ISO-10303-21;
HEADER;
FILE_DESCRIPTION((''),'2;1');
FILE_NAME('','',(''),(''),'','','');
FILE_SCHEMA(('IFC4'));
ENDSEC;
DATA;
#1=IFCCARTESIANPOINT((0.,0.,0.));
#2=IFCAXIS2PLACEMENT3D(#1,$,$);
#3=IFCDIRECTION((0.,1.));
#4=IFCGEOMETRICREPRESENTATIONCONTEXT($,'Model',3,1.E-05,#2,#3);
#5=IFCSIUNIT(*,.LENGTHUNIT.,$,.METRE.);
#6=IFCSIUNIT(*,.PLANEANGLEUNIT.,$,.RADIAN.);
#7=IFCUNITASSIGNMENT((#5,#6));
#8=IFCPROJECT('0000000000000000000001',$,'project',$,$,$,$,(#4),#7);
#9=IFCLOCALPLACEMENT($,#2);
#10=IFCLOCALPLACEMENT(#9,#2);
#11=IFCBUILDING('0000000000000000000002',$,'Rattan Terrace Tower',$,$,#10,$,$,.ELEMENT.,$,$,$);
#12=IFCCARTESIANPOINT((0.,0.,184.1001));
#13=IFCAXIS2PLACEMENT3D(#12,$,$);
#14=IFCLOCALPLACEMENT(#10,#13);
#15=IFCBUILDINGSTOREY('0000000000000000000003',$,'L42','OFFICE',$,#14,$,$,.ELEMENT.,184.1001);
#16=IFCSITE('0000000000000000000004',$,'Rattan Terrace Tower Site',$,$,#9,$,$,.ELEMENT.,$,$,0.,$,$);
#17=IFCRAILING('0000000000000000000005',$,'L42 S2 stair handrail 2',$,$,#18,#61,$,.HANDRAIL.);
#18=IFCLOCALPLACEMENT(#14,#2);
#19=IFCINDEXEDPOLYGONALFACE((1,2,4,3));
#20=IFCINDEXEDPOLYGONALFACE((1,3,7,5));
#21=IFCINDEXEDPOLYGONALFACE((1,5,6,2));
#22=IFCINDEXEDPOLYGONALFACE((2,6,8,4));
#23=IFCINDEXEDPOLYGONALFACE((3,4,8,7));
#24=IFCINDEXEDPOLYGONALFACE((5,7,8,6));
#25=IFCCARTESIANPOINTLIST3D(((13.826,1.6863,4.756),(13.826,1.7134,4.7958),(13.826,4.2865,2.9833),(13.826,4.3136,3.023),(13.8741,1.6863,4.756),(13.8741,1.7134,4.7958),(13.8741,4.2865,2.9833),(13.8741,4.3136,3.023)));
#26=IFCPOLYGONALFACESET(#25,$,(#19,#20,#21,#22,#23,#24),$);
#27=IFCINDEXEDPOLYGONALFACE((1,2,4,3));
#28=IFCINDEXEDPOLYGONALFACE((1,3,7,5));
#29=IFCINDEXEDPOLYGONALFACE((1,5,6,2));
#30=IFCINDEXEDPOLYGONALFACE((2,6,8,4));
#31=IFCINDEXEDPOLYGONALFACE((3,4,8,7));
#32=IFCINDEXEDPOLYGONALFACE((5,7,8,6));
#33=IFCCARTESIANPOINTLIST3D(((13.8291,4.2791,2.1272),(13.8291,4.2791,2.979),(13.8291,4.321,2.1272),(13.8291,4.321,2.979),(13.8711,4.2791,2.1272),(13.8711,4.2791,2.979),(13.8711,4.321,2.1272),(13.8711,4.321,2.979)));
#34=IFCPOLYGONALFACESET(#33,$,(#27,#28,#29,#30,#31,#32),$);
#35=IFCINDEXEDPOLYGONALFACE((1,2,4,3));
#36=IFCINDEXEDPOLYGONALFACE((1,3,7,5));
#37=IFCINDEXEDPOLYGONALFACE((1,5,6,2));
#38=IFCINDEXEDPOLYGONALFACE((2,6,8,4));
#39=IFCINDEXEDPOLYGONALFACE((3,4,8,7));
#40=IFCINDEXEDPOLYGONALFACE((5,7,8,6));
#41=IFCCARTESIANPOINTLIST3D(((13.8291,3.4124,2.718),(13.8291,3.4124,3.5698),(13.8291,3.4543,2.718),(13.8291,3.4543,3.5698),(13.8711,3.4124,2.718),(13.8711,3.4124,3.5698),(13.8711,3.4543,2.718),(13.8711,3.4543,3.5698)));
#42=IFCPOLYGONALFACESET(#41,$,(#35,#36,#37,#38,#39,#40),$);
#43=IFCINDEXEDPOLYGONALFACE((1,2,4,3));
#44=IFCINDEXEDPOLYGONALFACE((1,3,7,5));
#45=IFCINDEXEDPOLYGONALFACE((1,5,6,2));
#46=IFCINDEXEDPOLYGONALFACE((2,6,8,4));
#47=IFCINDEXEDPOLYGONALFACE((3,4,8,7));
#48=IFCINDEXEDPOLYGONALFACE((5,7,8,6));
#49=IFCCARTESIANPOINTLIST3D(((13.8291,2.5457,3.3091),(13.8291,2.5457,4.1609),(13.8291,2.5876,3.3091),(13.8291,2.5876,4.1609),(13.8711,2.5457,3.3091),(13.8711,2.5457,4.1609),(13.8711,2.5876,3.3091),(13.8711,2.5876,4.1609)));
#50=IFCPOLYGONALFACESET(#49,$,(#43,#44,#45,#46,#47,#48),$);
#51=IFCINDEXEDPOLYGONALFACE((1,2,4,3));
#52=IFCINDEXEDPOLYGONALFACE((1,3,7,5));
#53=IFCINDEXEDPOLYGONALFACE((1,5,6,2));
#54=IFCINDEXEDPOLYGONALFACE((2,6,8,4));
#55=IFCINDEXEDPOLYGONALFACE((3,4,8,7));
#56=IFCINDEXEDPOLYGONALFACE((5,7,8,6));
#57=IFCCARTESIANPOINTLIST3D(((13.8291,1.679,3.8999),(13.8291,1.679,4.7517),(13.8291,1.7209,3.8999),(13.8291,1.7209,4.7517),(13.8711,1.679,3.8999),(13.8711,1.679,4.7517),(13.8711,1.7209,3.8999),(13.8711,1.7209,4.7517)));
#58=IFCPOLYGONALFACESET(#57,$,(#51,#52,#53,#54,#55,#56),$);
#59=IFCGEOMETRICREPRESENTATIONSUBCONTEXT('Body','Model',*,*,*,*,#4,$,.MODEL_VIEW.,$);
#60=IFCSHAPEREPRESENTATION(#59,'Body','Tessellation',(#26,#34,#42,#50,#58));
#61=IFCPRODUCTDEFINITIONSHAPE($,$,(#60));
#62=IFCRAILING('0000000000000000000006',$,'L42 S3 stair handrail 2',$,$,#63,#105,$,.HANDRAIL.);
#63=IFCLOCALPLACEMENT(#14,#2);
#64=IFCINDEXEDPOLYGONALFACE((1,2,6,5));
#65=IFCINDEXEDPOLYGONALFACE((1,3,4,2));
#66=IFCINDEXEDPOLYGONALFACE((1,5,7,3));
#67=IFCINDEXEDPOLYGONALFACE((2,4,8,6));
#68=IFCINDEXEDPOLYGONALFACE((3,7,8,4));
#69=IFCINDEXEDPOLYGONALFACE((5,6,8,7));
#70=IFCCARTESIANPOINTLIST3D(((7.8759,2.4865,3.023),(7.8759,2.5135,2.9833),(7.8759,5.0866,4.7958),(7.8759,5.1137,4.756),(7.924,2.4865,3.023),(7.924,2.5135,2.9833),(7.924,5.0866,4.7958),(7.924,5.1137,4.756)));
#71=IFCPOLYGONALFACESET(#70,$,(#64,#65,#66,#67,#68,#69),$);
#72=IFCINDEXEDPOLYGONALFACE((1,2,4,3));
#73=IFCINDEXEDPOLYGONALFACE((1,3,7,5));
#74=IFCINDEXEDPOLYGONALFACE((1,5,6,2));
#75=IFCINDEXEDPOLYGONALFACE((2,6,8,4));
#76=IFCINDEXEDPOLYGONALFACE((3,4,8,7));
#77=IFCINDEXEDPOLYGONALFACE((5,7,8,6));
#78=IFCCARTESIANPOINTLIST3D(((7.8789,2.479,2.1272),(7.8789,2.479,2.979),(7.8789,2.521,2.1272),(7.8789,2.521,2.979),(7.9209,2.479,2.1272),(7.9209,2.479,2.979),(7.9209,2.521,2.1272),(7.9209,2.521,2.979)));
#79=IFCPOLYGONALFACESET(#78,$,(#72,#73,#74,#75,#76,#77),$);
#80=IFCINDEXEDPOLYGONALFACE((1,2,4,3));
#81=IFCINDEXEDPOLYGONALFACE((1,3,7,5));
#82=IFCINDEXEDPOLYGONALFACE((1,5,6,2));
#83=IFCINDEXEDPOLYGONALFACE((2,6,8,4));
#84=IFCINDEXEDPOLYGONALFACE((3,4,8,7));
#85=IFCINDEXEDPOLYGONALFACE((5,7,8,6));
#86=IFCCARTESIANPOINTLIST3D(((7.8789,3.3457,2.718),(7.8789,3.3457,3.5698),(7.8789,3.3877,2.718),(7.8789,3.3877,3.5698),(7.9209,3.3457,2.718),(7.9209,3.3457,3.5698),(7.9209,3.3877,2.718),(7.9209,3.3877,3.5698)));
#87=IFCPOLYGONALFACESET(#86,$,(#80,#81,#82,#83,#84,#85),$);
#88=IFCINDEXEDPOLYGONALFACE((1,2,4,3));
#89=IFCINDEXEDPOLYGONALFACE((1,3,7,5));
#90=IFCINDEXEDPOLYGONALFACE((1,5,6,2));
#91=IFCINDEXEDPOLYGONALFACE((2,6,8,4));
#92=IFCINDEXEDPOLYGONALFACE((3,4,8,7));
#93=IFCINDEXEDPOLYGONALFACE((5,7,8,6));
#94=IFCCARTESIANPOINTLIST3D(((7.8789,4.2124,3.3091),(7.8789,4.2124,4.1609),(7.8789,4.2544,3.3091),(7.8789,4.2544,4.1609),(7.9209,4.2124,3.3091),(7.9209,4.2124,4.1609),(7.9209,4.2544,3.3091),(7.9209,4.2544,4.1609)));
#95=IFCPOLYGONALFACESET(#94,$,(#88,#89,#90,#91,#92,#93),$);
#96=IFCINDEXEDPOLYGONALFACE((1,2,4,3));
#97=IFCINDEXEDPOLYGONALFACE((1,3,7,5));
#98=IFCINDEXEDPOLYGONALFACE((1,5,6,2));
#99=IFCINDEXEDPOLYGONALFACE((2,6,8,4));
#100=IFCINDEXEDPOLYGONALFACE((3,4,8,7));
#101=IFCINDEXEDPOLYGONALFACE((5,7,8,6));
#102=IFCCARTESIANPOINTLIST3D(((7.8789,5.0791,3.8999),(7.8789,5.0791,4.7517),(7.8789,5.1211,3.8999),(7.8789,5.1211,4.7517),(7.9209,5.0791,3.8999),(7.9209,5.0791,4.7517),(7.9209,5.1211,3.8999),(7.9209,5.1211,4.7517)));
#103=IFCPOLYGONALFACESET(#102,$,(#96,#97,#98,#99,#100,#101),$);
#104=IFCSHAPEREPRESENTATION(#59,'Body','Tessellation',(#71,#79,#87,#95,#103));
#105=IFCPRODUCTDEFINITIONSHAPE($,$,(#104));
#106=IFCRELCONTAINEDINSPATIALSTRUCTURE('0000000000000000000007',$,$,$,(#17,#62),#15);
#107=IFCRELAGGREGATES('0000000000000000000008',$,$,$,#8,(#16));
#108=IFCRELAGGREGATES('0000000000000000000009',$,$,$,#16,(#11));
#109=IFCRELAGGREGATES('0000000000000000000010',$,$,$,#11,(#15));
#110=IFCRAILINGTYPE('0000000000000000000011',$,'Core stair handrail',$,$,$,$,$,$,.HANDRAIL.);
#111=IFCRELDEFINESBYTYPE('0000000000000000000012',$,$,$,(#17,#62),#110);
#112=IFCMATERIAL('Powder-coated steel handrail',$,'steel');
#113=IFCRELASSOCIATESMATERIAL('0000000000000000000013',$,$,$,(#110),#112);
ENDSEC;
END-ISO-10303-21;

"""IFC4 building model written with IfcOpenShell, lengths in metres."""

from ifc_helpers import new_model, si_unit, direction, frame, origin, origin_2d, place, context, subcontext, project, spatial, rectangle, extrude, material, type_object, element, save


model = new_model("IFC4")

# Units and contexts
model_context = context("Model", 3, precision=1e-05, world=origin(), true_north=direction((0.0, 1.0)))
body_context = subcontext(model_context, "Body", "Model", "MODEL_VIEW")
ifc_project = project(units=[si_unit("LENGTHUNIT", "METRE"), si_unit("PLANEANGLEUNIT", "RADIAN")], contexts=[model_context])

# Site, building, storey
site_placement = place(None, origin())
site = spatial("IfcSite", under=ifc_project, at=site_placement, Name="Rattan Terrace Tower Site", CompositionType="ELEMENT", RefElevation=0.0)
building_placement = place(site_placement, origin())
building = spatial("IfcBuilding", under=site, at=building_placement, Name="Rattan Terrace Tower", CompositionType="ELEMENT")
storey_placement = place(building_placement, frame((0.0, 0.0, 184.1001)))
storey = spatial("IfcBuildingStorey", under=building, at=storey_placement, Name="L42", Description="OFFICE", CompositionType="ELEMENT", Elevation=184.1001)

# Railings
ifc_material_1 = material(Name="Powder-coated steel handrail", Category="steel")
railing_type_1 = type_object("IfcRailingType", Name="Core stair handrail", PredefinedType="HANDRAIL", material=ifc_material_1)
railing_1_placement = place(storey_placement, frame((13.8501, 4.3, 2.1272)))
element("IfcRailing", 1, at=railing_1_placement, inside=storey, type_object=railing_type_1, Name="L42 S2 stair handrail 2", PredefinedType="HANDRAIL", context=body_context, shape_type="SweptSolid", body=[
    extrude(rectangle(XDim=0.0481, YDim=0.0481, at=origin_2d()), frame((0.0, 0.0, 0.876), z_axis=(0.0, -0.82624, 0.563318), x_axis=(1.0, 0.0, 0.0)), (0.0, 0.0, 1.0), 3.147),
    extrude(rectangle(XDim=0.042, YDim=0.042, at=origin_2d()), origin(), (0.0, 0.0, 1.0), 0.8518),
    extrude(rectangle(XDim=0.042, YDim=0.042, at=origin_2d()), frame((0.0, -0.8667, 0.5908)), (0.0, 0.0, 1.0), 0.8518),
    extrude(rectangle(XDim=0.042, YDim=0.042, at=origin_2d()), frame((0.0, -1.7334, 1.1819)), (0.0, 0.0, 1.0), 0.8518),
    extrude(rectangle(XDim=0.042, YDim=0.042, at=origin_2d()), frame((0.0, -2.6001, 1.7727)), (0.0, 0.0, 1.0), 0.8518),
])
railing_2_placement = place(storey_placement, frame((7.8999, 2.5, 2.1272)))
element("IfcRailing", 2, at=railing_2_placement, inside=storey, type_object=railing_type_1, Name="L42 S3 stair handrail 2", PredefinedType="HANDRAIL", context=body_context, shape_type="SweptSolid", body=[
    extrude(rectangle(XDim=0.0481, YDim=0.0481, at=origin_2d()), frame((0.0, 0.0, 0.876), z_axis=(0.0, 0.82624, 0.563318), x_axis=(-1.0, 0.0, 0.0)), (0.0, 0.0, 1.0), 3.147),
    extrude(rectangle(XDim=0.042, YDim=0.042, at=origin_2d()), origin(), (0.0, 0.0, 1.0), 0.8518),
    extrude(rectangle(XDim=0.042, YDim=0.042, at=origin_2d()), frame((0.0, 0.8667, 0.5908)), (0.0, 0.0, 1.0), 0.8518),
    extrude(rectangle(XDim=0.042, YDim=0.042, at=origin_2d()), frame((0.0, 1.7334, 1.1819)), (0.0, 0.0, 1.0), 0.8518),
    extrude(rectangle(XDim=0.042, YDim=0.042, at=origin_2d()), frame((0.0, 2.6001, 1.7727)), (0.0, 0.0, 1.0), 0.8518),
])

save(model, "model.ifc")
